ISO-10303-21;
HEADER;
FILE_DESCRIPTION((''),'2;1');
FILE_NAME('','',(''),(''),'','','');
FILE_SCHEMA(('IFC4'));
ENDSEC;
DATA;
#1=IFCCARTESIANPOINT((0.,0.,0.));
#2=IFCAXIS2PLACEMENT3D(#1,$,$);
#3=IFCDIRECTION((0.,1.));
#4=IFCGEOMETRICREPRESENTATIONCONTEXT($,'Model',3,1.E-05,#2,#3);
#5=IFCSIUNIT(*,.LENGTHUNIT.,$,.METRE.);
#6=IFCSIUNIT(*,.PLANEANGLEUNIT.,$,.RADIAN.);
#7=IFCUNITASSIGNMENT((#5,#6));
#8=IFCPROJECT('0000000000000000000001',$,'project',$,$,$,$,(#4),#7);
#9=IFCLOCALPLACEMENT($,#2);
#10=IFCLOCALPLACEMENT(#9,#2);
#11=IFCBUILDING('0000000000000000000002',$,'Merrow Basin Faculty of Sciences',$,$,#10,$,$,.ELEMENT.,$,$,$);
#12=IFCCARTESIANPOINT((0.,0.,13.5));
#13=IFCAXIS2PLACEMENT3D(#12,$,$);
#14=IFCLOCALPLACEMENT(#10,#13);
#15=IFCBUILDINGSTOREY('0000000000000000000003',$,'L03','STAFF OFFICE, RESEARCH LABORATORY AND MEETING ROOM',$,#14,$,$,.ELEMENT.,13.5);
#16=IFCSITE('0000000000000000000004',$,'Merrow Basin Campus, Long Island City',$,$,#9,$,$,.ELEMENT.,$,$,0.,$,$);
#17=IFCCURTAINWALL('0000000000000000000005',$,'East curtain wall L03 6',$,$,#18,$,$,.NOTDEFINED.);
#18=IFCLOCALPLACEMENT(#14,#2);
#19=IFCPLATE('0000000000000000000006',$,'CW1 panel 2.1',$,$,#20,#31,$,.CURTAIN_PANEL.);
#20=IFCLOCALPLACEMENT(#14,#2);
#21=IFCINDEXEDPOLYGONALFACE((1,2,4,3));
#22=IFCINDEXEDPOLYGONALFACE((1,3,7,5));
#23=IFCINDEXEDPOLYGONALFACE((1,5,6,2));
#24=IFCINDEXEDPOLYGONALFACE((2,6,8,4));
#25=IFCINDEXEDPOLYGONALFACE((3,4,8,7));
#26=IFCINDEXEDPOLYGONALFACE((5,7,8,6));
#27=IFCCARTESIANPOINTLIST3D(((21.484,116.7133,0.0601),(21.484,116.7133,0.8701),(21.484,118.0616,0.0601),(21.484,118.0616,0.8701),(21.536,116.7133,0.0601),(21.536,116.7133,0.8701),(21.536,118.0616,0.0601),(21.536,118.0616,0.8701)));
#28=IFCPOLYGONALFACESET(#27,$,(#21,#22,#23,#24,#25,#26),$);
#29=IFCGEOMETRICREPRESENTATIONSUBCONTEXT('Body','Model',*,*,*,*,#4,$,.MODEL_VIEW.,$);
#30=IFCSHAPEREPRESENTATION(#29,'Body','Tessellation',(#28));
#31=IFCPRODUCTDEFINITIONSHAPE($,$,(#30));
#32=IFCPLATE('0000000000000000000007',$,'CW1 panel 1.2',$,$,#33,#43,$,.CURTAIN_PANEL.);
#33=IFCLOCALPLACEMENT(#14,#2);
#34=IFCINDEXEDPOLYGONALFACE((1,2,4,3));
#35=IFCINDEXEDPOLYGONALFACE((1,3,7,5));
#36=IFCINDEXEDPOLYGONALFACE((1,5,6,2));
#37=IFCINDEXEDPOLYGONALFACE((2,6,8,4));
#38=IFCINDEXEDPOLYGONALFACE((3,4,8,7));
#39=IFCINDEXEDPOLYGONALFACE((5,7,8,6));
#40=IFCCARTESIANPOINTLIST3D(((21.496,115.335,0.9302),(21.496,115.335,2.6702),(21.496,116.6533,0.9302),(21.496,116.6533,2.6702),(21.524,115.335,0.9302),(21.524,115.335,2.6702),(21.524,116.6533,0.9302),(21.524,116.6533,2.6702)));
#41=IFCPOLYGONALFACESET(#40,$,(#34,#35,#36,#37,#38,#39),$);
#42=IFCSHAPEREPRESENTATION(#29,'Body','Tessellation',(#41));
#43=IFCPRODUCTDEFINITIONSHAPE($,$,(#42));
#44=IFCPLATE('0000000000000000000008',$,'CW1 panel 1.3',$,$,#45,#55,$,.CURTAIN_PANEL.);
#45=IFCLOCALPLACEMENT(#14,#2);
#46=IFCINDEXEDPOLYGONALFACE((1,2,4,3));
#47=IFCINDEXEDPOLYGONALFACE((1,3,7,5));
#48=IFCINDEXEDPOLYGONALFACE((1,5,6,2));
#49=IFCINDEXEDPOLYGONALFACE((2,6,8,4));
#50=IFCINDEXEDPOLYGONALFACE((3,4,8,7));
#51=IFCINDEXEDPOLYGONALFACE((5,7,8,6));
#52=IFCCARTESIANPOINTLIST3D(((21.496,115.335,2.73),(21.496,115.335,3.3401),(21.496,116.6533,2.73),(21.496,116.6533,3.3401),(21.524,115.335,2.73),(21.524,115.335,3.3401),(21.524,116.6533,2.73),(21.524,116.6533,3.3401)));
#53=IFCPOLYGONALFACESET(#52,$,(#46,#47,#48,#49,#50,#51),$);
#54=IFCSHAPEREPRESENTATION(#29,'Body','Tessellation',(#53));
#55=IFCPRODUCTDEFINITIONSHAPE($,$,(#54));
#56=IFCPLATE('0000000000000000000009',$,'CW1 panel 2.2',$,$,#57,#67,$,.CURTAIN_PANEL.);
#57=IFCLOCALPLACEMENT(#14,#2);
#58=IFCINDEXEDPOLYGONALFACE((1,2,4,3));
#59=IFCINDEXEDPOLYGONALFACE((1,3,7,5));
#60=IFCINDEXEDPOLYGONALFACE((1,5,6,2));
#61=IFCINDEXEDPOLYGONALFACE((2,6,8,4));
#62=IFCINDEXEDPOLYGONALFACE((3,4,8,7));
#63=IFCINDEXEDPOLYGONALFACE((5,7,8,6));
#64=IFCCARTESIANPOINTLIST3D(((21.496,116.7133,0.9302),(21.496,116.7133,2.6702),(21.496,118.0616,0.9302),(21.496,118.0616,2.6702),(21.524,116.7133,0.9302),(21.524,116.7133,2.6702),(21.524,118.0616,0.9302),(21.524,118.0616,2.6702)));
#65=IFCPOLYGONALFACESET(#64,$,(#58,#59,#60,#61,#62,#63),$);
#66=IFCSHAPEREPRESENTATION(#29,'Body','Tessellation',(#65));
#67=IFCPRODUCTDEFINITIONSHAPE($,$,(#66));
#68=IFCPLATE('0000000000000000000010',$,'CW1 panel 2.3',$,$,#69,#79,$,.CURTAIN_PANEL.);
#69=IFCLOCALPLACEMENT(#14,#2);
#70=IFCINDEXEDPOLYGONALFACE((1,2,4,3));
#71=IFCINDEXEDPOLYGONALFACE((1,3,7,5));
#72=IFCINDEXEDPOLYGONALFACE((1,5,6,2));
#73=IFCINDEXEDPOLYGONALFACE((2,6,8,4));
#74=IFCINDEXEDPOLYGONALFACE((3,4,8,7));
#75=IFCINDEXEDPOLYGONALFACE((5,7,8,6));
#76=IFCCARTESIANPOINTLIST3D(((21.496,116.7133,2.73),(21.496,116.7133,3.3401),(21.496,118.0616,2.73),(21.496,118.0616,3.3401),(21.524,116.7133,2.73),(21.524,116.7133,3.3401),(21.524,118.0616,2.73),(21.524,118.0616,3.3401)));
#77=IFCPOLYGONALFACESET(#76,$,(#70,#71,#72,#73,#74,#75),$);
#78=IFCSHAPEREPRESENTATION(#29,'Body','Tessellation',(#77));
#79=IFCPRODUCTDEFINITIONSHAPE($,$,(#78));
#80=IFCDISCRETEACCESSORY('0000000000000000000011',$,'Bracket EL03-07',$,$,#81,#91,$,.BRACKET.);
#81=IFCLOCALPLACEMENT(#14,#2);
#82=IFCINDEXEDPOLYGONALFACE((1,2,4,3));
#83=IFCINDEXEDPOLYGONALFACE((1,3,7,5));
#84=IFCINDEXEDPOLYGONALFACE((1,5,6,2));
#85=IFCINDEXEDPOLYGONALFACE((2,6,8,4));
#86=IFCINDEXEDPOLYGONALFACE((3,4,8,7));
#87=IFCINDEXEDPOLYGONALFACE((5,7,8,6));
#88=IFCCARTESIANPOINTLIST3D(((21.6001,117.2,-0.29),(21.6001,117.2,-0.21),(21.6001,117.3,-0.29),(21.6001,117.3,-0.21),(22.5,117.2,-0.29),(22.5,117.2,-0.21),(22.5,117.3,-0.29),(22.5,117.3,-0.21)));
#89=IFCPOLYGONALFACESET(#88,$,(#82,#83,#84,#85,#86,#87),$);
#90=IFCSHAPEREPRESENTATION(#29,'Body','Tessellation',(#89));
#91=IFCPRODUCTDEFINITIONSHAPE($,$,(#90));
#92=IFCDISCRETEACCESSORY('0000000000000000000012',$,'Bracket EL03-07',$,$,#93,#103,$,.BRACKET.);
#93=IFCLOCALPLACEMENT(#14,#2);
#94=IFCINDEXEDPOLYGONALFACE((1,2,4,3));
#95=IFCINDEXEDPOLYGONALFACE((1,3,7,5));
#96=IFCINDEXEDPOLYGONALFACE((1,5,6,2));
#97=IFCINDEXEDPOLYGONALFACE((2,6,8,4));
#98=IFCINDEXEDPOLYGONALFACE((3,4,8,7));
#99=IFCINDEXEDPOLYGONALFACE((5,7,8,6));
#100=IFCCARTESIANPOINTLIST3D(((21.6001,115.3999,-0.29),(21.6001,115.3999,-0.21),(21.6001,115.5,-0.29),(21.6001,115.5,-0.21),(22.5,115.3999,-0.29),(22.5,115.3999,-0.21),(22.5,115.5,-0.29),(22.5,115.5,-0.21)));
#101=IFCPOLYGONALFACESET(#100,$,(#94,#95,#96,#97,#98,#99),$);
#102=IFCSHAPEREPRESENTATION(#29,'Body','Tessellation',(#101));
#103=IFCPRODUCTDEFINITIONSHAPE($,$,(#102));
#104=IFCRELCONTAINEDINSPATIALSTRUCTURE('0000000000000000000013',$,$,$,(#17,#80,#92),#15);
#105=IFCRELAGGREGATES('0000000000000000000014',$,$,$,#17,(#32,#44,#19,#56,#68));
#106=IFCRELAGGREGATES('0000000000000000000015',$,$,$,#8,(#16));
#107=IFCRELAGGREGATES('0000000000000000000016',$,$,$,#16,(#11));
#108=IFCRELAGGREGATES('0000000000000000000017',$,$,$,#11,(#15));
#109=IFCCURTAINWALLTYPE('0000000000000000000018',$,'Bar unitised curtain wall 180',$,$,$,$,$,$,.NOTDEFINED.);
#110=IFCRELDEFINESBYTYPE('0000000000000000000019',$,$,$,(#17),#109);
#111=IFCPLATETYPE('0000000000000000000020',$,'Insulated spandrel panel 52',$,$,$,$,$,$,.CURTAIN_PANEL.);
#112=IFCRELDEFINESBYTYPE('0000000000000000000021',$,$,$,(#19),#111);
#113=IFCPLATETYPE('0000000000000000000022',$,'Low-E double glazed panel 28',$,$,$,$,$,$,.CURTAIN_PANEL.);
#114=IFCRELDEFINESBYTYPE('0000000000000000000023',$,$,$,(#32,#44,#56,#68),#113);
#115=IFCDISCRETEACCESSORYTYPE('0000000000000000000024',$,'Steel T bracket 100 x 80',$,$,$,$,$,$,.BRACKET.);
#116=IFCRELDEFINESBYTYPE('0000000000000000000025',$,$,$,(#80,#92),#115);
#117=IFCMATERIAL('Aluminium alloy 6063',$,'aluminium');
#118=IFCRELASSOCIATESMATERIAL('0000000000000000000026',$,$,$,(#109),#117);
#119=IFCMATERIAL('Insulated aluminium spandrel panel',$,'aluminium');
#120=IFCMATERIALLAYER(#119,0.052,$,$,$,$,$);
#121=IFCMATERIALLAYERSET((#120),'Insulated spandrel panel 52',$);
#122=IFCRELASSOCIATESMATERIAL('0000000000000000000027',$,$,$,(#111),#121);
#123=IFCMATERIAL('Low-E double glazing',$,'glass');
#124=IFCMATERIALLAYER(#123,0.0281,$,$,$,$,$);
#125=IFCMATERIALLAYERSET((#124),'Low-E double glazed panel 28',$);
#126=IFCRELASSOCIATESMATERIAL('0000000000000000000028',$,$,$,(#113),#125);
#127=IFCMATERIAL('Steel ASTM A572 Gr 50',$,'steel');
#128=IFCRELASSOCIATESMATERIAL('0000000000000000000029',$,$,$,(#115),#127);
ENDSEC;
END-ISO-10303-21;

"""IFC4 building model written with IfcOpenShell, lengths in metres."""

from ifc_helpers import new_model, si_unit, direction, frame, origin, origin_2d, place, context, subcontext, project, spatial, polyline, rectangle, outline, extrude, source, transform, mapped, material, layer, layer_set, type_object, element, aggregate, save


model = new_model("IFC4")

# Units and contexts
model_context = context("Model", 3, precision=1e-05, world=origin(), true_north=direction((0.0, 1.0)))
body_context = subcontext(model_context, "Body", "Model", "MODEL_VIEW")
ifc_project = project(units=[si_unit("LENGTHUNIT", "METRE"), si_unit("PLANEANGLEUNIT", "RADIAN")], contexts=[model_context])

# Site, building, storey
site_placement = place(None, origin())
site = spatial("IfcSite", under=ifc_project, at=site_placement, Name="Merrow Basin Campus, Long Island City", CompositionType="ELEMENT", RefElevation=0.0)
building_placement = place(site_placement, origin())
building = spatial("IfcBuilding", under=site, at=building_placement, Name="Merrow Basin Faculty of Sciences", CompositionType="ELEMENT")
storey_placement = place(building_placement, frame((0.0, 0.0, 13.5)))
storey = spatial("IfcBuildingStorey", under=building, at=storey_placement, Name="L03", Description="STAFF OFFICE, RESEARCH LABORATORY AND MEETING ROOM", CompositionType="ELEMENT", Elevation=13.5)

# Shared definitions
ifc_material_1 = material(Name="Aluminium alloy 6063", Category="aluminium")
curtain_wall_type = type_object("IfcCurtainWallType", Name="Bar unitised curtain wall 180", PredefinedType="NOTDEFINED", material=ifc_material_1)

# Curtain wall
curtain_wall_1_placement = place(storey_placement, origin())
curtain_wall_1 = element("IfcCurtainWall", 1, at=curtain_wall_1_placement, inside=storey, type_object=curtain_wall_type, Name="East curtain wall L03 6", PredefinedType="NOTDEFINED")

# Plates
ifc_material_2 = material(Name="Insulated aluminium spandrel panel", Category="aluminium")
ifc_layer_1 = layer(ifc_material_2, 0.052)
ifc_layer_set_1 = layer_set([ifc_layer_1], Name="Insulated spandrel panel 52")
plate_type_1 = type_object("IfcPlateType", Name="Insulated spandrel panel 52", PredefinedType="CURTAIN_PANEL", material=ifc_layer_set_1)
plate_1_placement = place(storey_placement, frame((21.51, 117.3875, 0.0601), z_axis=(0.0, 0.0, 1.0), x_axis=(0.0, 1.0, 0.0)))
plate_1 = element("IfcPlate", 2, at=plate_1_placement, type_object=plate_type_1, Name="CW1 panel 2.1", PredefinedType="CURTAIN_PANEL", context=body_context, shape_type="SweptSolid", body=[
    extrude(rectangle(XDim=1.3484, YDim=0.052, at=origin_2d()), origin(), (0.0, 0.0, 1.0), 0.8101),
])
ifc_material_3 = material(Name="Low-E double glazing", Category="glass")
ifc_layer_2 = layer(ifc_material_3, 0.0281)
ifc_layer_set_2 = layer_set([ifc_layer_2], Name="Low-E double glazed panel 28")
plate_type_2 = type_object("IfcPlateType", Name="Low-E double glazed panel 28", PredefinedType="CURTAIN_PANEL", material=ifc_layer_set_2)
plate_2_placement = place(storey_placement, frame((21.51, 115.9941, 0.9302), z_axis=(0.0, 0.0, 1.0), x_axis=(0.0, 1.0, 0.0)))
plate_2 = element("IfcPlate", 3, at=plate_2_placement, type_object=plate_type_2, Name="CW1 panel 1.2", PredefinedType="CURTAIN_PANEL", context=body_context, shape_type="SweptSolid", body=[
    extrude(rectangle(XDim=1.3184, YDim=0.0281, at=origin_2d()), origin(), (0.0, 0.0, 1.0), 1.74),
])
plate_3_placement = place(storey_placement, frame((21.51, 115.9941, 2.73), z_axis=(0.0, 0.0, 1.0), x_axis=(0.0, 1.0, 0.0)))
plate_3 = element("IfcPlate", 4, at=plate_3_placement, type_object=plate_type_2, Name="CW1 panel 1.3", PredefinedType="CURTAIN_PANEL", context=body_context, shape_type="SweptSolid", body=[
    extrude(rectangle(XDim=1.3184, YDim=0.0281, at=origin_2d()), origin(), (0.0, 0.0, 1.0), 0.6101),
])
plate_4_placement = place(storey_placement, frame((21.51, 117.3875, 0.9302), z_axis=(0.0, 0.0, 1.0), x_axis=(0.0, 1.0, 0.0)))
plate_4 = element("IfcPlate", 5, at=plate_4_placement, type_object=plate_type_2, Name="CW1 panel 2.2", PredefinedType="CURTAIN_PANEL", context=body_context, shape_type="SweptSolid", body=[
    extrude(rectangle(XDim=1.3484, YDim=0.0281, at=origin_2d()), origin(), (0.0, 0.0, 1.0), 1.74),
])
plate_5_placement = place(storey_placement, frame((21.51, 117.3875, 2.73), z_axis=(0.0, 0.0, 1.0), x_axis=(0.0, 1.0, 0.0)))
plate_5 = element("IfcPlate", 6, at=plate_5_placement, type_object=plate_type_2, Name="CW1 panel 2.3", PredefinedType="CURTAIN_PANEL", context=body_context, shape_type="SweptSolid", body=[
    extrude(rectangle(XDim=1.3484, YDim=0.0281, at=origin_2d()), origin(), (0.0, 0.0, 1.0), 0.6101),
])
aggregate(curtain_wall_1, [plate_2, plate_3, plate_1, plate_4, plate_5])

# Discrete accessories
ifc_material_4 = material(Name="Steel ASTM A572 Gr 50", Category="steel")
discrete_accessory_type = type_object("IfcDiscreteAccessoryType", Name="Steel T bracket 100 x 80", PredefinedType="BRACKET", material=ifc_material_4)
shared_shape = source(origin(), body_context, "Body", "SweptSolid", [
    extrude(outline(polyline([(0.0, 0.0), (0.1001, 0.0), (0.1001, 0.0801), (0.0, 0.0801), (0.0, 0.0)])), origin(), (0.0, 0.0, 1.0), 0.8999),
])
for number, where, z_axis, x_axis, name in (
    (7, (22.5, 117.3, -0.29), (-1.0, 0.0, 0.0), (0.0, -1.0, 0.0), "Bracket EL03-07"),
    (8, (22.5, 115.5, -0.29), (-1.0, 0.0, 0.0), (0.0, -1.0, 0.0), "Bracket EL03-07"),
):
    element("IfcDiscreteAccessory", number, at=place(storey_placement, frame(where, z_axis=z_axis, x_axis=x_axis)), inside=storey, type_object=discrete_accessory_type, Name=name, PredefinedType="BRACKET", context=body_context, shape_type="MappedRepresentation", body=[
        mapped(shared_shape, transform((0.0, 0.0, 0.0), scale=1.0)),
    ])

save(model, "model.ifc")
